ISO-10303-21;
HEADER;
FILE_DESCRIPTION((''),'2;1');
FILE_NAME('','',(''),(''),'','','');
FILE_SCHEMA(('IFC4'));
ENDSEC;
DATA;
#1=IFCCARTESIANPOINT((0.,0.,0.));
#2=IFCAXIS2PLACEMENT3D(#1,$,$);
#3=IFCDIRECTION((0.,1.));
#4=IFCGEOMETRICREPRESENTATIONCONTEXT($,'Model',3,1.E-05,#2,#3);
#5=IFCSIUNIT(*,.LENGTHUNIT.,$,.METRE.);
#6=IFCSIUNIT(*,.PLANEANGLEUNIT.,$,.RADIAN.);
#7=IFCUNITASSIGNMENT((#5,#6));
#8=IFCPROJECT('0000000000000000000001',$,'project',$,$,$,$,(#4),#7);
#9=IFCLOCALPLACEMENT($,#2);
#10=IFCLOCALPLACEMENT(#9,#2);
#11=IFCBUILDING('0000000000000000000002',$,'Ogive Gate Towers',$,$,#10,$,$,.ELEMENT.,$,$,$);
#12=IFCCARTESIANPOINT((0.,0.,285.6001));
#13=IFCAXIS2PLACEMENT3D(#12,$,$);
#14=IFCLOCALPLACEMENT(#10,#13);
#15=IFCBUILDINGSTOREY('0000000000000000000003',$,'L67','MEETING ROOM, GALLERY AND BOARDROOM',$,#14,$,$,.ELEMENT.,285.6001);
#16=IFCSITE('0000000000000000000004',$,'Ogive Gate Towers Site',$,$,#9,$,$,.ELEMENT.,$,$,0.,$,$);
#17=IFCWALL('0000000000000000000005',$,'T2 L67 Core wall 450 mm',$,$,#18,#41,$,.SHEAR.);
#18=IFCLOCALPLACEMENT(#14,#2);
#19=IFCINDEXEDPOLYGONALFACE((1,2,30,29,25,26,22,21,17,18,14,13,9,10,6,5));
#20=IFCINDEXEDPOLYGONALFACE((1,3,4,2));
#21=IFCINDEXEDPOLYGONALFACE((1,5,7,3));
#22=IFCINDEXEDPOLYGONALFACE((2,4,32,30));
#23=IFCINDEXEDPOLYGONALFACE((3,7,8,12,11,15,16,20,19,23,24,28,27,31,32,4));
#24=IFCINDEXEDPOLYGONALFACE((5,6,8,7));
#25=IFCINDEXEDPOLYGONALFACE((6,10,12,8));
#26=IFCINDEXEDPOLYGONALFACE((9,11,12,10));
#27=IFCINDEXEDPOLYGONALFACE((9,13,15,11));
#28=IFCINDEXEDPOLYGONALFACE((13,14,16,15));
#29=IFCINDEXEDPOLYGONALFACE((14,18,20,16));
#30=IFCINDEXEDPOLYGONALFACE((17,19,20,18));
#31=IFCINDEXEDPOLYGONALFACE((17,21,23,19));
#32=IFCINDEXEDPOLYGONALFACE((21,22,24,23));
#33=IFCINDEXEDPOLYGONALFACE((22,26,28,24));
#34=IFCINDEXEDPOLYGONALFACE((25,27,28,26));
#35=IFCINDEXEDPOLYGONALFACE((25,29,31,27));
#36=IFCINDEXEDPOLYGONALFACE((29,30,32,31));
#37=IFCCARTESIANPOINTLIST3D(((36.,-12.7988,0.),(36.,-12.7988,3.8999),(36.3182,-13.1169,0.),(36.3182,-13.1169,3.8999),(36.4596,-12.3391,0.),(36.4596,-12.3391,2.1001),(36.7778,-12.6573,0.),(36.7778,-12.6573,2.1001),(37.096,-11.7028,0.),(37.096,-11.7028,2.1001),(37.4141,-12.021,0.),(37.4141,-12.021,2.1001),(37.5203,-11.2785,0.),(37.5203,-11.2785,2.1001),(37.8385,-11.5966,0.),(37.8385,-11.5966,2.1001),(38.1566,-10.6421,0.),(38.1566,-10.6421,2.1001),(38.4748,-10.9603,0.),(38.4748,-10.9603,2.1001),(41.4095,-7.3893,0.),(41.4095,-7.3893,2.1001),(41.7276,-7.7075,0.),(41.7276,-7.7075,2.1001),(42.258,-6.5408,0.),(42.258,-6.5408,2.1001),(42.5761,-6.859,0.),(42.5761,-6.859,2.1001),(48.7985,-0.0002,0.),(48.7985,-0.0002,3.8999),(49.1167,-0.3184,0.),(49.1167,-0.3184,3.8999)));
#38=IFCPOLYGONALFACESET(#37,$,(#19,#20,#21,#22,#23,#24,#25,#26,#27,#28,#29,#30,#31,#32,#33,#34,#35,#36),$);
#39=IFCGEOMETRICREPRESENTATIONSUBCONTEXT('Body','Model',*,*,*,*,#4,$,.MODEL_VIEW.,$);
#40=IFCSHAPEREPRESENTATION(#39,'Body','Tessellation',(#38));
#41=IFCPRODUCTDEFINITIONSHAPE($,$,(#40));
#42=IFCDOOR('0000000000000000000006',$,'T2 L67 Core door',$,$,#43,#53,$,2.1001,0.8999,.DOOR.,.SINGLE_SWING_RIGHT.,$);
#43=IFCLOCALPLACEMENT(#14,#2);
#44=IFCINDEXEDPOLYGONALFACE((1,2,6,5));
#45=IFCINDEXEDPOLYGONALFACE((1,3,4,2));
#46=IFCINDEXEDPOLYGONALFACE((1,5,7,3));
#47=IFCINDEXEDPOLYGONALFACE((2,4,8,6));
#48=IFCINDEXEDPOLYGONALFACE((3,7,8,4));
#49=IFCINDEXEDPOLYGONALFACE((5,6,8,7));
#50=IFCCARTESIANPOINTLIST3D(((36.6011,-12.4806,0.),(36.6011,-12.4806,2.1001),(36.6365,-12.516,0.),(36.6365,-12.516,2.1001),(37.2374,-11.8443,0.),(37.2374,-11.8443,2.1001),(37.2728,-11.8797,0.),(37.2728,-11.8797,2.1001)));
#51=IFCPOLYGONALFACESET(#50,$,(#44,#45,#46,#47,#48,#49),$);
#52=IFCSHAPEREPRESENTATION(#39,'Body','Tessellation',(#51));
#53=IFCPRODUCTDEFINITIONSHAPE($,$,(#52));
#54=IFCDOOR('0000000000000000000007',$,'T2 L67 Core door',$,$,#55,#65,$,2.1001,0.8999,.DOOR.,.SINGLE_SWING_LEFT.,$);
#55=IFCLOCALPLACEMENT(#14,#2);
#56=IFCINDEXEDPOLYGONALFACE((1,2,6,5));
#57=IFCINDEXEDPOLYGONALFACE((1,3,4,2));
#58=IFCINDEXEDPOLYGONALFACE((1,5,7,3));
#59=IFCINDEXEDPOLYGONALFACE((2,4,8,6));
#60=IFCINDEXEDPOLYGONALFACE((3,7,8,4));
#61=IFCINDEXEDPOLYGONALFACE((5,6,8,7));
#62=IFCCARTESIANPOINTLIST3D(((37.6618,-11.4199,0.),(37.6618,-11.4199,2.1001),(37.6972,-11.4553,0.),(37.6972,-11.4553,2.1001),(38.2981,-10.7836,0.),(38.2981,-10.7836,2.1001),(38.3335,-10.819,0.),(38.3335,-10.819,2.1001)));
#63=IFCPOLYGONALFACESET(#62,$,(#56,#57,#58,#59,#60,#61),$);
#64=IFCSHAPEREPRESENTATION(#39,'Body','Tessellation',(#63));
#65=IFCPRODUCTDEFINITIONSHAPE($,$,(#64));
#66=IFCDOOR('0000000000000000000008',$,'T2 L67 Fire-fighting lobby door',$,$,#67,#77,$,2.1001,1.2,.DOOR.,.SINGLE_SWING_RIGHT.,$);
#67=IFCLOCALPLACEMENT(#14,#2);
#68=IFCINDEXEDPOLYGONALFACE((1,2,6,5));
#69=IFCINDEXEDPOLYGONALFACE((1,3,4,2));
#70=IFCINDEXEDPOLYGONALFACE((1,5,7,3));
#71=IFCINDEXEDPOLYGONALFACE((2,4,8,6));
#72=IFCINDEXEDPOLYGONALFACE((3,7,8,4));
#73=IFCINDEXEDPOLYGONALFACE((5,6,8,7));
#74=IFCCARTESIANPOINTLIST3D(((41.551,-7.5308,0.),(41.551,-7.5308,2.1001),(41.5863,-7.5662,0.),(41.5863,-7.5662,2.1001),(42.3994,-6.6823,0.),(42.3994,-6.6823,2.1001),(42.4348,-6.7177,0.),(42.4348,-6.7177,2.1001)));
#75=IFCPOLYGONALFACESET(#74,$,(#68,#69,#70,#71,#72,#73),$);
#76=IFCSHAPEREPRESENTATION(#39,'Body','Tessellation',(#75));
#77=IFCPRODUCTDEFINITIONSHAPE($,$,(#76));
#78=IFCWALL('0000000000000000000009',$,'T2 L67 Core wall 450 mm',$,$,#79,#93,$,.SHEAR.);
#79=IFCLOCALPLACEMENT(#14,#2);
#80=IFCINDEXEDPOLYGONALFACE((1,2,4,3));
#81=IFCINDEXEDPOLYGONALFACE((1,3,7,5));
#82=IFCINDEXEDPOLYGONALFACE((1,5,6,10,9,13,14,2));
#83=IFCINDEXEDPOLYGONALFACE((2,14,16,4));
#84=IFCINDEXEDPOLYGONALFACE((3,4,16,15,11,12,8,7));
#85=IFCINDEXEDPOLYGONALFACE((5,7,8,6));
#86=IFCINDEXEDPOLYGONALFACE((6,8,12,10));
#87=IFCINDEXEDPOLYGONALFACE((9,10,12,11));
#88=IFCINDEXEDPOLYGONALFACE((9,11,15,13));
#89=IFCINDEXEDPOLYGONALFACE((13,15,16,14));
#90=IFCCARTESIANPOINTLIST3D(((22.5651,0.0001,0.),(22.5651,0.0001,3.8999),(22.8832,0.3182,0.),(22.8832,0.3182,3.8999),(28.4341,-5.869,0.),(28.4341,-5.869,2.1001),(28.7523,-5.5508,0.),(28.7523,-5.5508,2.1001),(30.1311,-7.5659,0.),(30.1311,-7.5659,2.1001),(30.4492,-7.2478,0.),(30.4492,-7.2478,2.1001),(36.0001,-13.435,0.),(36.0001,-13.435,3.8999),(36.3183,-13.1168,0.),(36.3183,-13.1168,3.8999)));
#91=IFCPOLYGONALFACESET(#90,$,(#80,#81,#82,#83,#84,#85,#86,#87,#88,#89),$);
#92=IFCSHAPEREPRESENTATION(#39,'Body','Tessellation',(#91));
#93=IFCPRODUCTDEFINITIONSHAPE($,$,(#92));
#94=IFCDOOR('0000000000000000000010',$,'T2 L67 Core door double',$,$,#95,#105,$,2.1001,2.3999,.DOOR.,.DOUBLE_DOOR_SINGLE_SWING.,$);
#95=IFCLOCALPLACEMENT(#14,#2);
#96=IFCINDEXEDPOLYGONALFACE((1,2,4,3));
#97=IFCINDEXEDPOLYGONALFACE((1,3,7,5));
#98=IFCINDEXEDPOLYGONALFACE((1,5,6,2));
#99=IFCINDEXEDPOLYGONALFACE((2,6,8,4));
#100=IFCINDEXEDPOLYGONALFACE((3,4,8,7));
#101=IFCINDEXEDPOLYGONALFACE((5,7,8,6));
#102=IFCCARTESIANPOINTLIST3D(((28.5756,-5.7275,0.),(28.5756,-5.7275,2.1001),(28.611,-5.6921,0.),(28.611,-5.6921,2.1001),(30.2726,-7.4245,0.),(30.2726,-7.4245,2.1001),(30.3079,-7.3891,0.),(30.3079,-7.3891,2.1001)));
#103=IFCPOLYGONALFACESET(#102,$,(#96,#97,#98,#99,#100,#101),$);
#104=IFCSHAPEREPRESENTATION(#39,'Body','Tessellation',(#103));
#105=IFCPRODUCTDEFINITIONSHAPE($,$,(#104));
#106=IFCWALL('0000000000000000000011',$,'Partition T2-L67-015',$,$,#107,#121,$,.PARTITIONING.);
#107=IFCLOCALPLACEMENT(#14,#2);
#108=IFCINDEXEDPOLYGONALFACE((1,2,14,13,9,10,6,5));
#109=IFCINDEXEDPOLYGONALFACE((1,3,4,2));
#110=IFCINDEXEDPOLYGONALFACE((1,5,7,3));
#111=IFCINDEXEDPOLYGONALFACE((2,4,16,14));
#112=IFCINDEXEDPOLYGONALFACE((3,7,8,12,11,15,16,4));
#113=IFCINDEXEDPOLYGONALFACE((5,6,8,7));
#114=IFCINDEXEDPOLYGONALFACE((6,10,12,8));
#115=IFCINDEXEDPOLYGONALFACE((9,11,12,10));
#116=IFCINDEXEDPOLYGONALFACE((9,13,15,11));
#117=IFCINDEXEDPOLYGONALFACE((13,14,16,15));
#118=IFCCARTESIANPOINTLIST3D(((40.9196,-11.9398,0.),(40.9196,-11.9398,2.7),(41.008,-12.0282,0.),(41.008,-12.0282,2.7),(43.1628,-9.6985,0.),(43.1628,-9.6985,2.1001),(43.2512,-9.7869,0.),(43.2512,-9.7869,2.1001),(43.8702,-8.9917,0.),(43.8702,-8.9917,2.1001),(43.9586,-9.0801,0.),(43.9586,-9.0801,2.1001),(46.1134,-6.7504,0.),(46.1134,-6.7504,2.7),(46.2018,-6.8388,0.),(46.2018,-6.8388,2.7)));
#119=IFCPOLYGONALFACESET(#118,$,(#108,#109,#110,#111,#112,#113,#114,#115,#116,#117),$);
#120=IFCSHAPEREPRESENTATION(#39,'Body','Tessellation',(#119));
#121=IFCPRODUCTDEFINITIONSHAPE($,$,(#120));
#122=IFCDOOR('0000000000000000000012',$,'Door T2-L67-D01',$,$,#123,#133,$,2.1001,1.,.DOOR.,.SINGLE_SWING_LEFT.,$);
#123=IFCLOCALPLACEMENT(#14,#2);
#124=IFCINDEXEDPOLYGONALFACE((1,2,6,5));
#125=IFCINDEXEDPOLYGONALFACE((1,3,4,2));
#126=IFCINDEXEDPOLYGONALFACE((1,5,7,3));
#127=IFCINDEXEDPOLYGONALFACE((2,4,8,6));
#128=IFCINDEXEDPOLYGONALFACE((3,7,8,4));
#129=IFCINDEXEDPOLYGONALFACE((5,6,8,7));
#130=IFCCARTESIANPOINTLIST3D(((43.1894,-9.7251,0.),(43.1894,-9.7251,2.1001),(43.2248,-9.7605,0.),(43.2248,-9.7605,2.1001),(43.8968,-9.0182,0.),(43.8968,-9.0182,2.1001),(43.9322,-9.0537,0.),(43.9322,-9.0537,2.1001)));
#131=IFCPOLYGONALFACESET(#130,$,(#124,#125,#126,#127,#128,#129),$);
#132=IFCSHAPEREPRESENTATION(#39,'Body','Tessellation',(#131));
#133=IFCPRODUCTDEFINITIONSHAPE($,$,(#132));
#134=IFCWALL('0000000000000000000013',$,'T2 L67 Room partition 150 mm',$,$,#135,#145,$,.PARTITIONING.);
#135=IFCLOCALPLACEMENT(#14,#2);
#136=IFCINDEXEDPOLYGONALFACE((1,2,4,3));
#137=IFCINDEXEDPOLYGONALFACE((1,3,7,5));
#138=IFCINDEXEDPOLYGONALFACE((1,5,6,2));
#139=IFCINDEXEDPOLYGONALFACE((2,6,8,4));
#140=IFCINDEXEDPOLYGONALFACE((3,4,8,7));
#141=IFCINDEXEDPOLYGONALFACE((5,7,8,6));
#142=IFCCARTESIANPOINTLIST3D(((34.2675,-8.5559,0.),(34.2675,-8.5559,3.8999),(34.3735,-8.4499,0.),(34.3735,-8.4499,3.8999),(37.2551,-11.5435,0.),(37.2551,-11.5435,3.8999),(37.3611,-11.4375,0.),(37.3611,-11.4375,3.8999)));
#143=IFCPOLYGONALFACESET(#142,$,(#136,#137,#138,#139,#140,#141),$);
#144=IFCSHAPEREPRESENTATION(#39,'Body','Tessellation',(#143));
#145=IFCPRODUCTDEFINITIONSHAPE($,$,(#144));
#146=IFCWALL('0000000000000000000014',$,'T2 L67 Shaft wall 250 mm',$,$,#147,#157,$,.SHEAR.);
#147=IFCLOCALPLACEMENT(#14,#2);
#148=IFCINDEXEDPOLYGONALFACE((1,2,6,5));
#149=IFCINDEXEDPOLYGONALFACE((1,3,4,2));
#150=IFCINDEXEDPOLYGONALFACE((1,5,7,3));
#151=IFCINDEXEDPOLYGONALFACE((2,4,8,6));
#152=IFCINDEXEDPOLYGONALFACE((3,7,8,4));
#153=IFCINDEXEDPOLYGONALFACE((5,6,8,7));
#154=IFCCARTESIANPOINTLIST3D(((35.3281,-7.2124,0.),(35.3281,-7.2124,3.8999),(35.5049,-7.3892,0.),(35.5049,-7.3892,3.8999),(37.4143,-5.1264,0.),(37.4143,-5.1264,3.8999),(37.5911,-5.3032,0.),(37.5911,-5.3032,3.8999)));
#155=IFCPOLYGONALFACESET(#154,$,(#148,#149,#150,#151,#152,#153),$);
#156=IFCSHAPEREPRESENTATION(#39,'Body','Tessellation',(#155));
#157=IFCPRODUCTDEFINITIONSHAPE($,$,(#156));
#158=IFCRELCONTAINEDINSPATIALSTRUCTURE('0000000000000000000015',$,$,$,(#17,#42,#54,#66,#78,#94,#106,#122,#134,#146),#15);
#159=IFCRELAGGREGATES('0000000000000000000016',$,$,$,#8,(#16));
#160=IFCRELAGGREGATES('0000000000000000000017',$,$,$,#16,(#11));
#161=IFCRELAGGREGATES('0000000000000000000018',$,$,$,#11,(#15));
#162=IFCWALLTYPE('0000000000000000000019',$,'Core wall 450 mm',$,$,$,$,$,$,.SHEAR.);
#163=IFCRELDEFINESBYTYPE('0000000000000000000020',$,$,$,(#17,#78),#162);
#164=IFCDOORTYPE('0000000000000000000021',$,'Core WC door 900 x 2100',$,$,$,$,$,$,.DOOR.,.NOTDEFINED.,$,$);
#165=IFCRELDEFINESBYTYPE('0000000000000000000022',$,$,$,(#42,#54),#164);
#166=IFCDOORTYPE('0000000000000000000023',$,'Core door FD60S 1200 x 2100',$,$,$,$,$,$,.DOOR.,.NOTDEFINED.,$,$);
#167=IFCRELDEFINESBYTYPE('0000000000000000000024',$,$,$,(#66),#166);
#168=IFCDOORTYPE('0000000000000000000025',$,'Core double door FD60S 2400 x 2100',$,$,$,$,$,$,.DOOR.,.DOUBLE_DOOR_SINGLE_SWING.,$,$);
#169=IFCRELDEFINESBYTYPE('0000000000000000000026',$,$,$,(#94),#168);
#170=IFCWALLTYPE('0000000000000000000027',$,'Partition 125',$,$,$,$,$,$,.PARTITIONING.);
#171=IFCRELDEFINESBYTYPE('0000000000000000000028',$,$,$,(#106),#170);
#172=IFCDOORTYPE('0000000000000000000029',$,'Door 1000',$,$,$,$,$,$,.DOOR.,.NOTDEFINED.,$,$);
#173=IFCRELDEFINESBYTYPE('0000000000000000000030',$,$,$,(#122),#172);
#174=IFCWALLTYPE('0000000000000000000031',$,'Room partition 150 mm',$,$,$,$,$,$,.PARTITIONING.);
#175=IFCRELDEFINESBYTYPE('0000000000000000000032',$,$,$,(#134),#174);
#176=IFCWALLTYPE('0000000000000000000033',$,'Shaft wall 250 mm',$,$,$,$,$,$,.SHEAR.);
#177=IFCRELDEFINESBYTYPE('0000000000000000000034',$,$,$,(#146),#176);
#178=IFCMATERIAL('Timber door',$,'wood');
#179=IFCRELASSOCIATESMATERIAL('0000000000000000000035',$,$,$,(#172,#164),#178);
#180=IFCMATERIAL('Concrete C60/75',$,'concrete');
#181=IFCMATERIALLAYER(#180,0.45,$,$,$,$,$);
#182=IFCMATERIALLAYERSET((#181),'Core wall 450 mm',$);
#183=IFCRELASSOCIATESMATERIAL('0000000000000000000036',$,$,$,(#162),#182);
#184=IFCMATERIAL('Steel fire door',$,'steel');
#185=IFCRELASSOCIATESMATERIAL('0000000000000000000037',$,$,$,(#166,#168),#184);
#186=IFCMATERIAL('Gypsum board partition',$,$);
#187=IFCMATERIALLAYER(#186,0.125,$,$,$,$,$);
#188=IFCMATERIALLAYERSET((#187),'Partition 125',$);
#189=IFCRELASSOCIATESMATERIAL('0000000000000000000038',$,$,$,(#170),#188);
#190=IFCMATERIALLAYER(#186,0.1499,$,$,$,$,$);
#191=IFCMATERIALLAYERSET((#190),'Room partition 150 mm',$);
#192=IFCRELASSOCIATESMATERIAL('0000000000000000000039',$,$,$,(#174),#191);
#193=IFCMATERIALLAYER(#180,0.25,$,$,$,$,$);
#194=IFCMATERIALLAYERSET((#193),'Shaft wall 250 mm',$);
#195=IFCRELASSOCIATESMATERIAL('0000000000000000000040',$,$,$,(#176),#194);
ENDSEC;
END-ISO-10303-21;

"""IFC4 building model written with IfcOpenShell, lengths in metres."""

from ifc_helpers import new_model, si_unit, direction, frame, frame_2d, origin, place, context, subcontext, project, spatial, rectangle, extrude, material, layer, layer_set, type_object, element, fill, save


model = new_model("IFC4")

# Units and contexts
model_context = context("Model", 3, precision=1e-05, world=origin(), true_north=direction((0.0, 1.0)))
body_context = subcontext(model_context, "Body", "Model", "MODEL_VIEW")
ifc_project = project(units=[si_unit("LENGTHUNIT", "METRE"), si_unit("PLANEANGLEUNIT", "RADIAN")], contexts=[model_context])

# Site, building, storey
site_placement = place(None, origin())
site = spatial("IfcSite", under=ifc_project, at=site_placement, Name="Ogive Gate Towers Site", CompositionType="ELEMENT", RefElevation=0.0)
building_placement = place(site_placement, origin())
building = spatial("IfcBuilding", under=site, at=building_placement, Name="Ogive Gate Towers", CompositionType="ELEMENT")
storey_placement = place(building_placement, frame((0.0, 0.0, 285.6001)))
storey = spatial("IfcBuildingStorey", under=building, at=storey_placement, Name="L67", Description="MEETING ROOM, GALLERY AND BOARDROOM", CompositionType="ELEMENT", Elevation=285.6001)

# Shared definitions
ifc_material_1 = material(Name="Timber door", Category="wood")
door_type_1 = type_object("IfcDoorType", Name="Door 1000", OperationType="NOTDEFINED", PredefinedType="DOOR", material=ifc_material_1)

# Wall, openings, doors
ifc_material_2 = material(Name="Concrete C60/75", Category="concrete")
ifc_layer_1 = layer(ifc_material_2, 0.45)
ifc_layer_set_1 = layer_set([ifc_layer_1], Name="Core wall 450 mm")
wall_type_1 = type_object("IfcWallType", Name="Core wall 450 mm", PredefinedType="SHEAR", material=ifc_layer_set_1)
wall_1_placement = place(storey_placement, frame((36.1592, -12.9578, 0.0), z_axis=(0.0, 0.0, 1.0), x_axis=(0.707107, 0.707107, 0.0)))
wall_1 = element("IfcWall", 1, at=wall_1_placement, inside=storey, type_object=wall_type_1, Name="T2 L67 Core wall 450 mm", PredefinedType="SHEAR", context=body_context, shape_type="SweptSolid", body=[
    extrude(rectangle(XDim=18.0999, YDim=0.45, at=frame_2d((9.0498, 0.0))), origin(), (0.0, 0.0, 1.0), 3.8999),
])
opening_1_placement = place(wall_1_placement, frame((7.6499, 0.0, 0.0)))
opening_1 = element("IfcOpeningElement", 2, at=opening_1_placement, cuts=wall_1, PredefinedType="OPENING", context=body_context, shape_type="SweptSolid", body=[
    extrude(rectangle(XDim=1.2, YDim=2.1001, at=frame_2d((0.6001, 1.05))), frame((0.0, 0.2349, 0.0), z_axis=(0.0, -1.0, 0.0), x_axis=(1.0, 0.0, 0.0)), (0.0, 0.0, 1.0), 0.47),
])
opening_2_placement = place(wall_1_placement, frame((0.6499, 0.0, 0.0)))
opening_2 = element("IfcOpeningElement", 3, at=opening_2_placement, cuts=wall_1, PredefinedType="OPENING", context=body_context, shape_type="SweptSolid", body=[
    extrude(rectangle(XDim=0.8999, YDim=2.1001, at=frame_2d((0.45, 1.05))), frame((0.0, 0.2349, 0.0), z_axis=(0.0, -1.0, 0.0), x_axis=(1.0, 0.0, 0.0)), (0.0, 0.0, 1.0), 0.47),
])
opening_3_placement = place(wall_1_placement, frame((2.1499, 0.0, 0.0)))
opening_3 = element("IfcOpeningElement", 4, at=opening_3_placement, cuts=wall_1, PredefinedType="OPENING", context=body_context, shape_type="SweptSolid", body=[
    extrude(rectangle(XDim=0.8999, YDim=2.1001, at=frame_2d((0.45, 1.05))), frame((0.0, 0.2349, 0.0), z_axis=(0.0, -1.0, 0.0), x_axis=(1.0, 0.0, 0.0)), (0.0, 0.0, 1.0), 0.47),
])
door_type_2 = type_object("IfcDoorType", Name="Core WC door 900 x 2100", OperationType="NOTDEFINED", PredefinedType="DOOR", material=ifc_material_1)
door_1_placement = place(opening_2_placement, origin())
door_1 = element("IfcDoor", 5, at=door_1_placement, inside=storey, type_object=door_type_2, Name="T2 L67 Core door", OperationType="SINGLE_SWING_RIGHT", OverallHeight=2.1001, OverallWidth=0.8999, PredefinedType="DOOR", context=body_context, shape_type="SweptSolid", body=[
    extrude(rectangle(XDim=0.8999, YDim=2.1001, at=frame_2d((0.45, 1.05))), frame((0.0, 0.0249, 0.0), z_axis=(0.0, -1.0, 0.0), x_axis=(1.0, 0.0, 0.0)), (0.0, 0.0, 1.0), 0.05),
])
fill(opening_2, door_1)
door_2_placement = place(opening_3_placement, origin())
door_2 = element("IfcDoor", 6, at=door_2_placement, inside=storey, type_object=door_type_2, Name="T2 L67 Core door", OperationType="SINGLE_SWING_LEFT", OverallHeight=2.1001, OverallWidth=0.8999, PredefinedType="DOOR", context=body_context, shape_type="SweptSolid", body=[
    extrude(rectangle(XDim=0.8999, YDim=2.1001, at=frame_2d((0.45, 1.05))), frame((0.0, 0.0249, 0.0), z_axis=(0.0, -1.0, 0.0), x_axis=(1.0, 0.0, 0.0)), (0.0, 0.0, 1.0), 0.05),
])
fill(opening_3, door_2)
ifc_material_3 = material(Name="Steel fire door", Category="steel")
door_type_3 = type_object("IfcDoorType", Name="Core door FD60S 1200 x 2100", OperationType="NOTDEFINED", PredefinedType="DOOR", material=ifc_material_3)
door_3_placement = place(opening_1_placement, origin())
door_3 = element("IfcDoor", 7, at=door_3_placement, inside=storey, type_object=door_type_3, Name="T2 L67 Fire-fighting lobby door", OperationType="SINGLE_SWING_RIGHT", OverallHeight=2.1001, OverallWidth=1.2, PredefinedType="DOOR", context=body_context, shape_type="SweptSolid", body=[
    extrude(rectangle(XDim=1.2, YDim=2.1001, at=frame_2d((0.6001, 1.05))), frame((0.0, 0.0249, 0.0), z_axis=(0.0, -1.0, 0.0), x_axis=(1.0, 0.0, 0.0)), (0.0, 0.0, 1.0), 0.05),
])
fill(opening_1, door_3)

# Walls, openings, doors
wall_2_placement = place(storey_placement, frame((36.1592, -13.2759, 0.0), z_axis=(0.0, 0.0, 1.0), x_axis=(-0.707107, 0.707107, 0.0)))
wall_2 = element("IfcWall", 8, at=wall_2_placement, inside=storey, type_object=wall_type_1, Name="T2 L67 Core wall 450 mm", PredefinedType="SHEAR", context=body_context, shape_type="SweptSolid", body=[
    extrude(rectangle(XDim=19.0, YDim=0.45, at=frame_2d((9.5, 0.0))), origin(), (0.0, 0.0, 1.0), 3.8999),
])
opening_4_placement = place(wall_2_placement, frame((8.3, 0.0, 0.0)))
opening_4 = element("IfcOpeningElement", 9, at=opening_4_placement, cuts=wall_2, PredefinedType="OPENING", context=body_context, shape_type="SweptSolid", body=[
    extrude(rectangle(XDim=2.3999, YDim=2.1001, at=frame_2d((1.2, 1.05))), frame((0.0, 0.2349, 0.0), z_axis=(0.0, -1.0, 0.0), x_axis=(1.0, 0.0, 0.0)), (0.0, 0.0, 1.0), 0.47),
])
door_type_4 = type_object("IfcDoorType", Name="Core double door FD60S 2400 x 2100", OperationType="DOUBLE_DOOR_SINGLE_SWING", PredefinedType="DOOR", material=ifc_material_3)
door_4_placement = place(opening_4_placement, origin())
door_4 = element("IfcDoor", 10, at=door_4_placement, inside=storey, type_object=door_type_4, Name="T2 L67 Core door double", OperationType="DOUBLE_DOOR_SINGLE_SWING", OverallHeight=2.1001, OverallWidth=2.3999, PredefinedType="DOOR", context=body_context, shape_type="SweptSolid", body=[
    extrude(rectangle(XDim=2.3999, YDim=2.1001, at=frame_2d((1.2, 1.05))), frame((0.0, 0.0249, 0.0), z_axis=(0.0, -1.0, 0.0), x_axis=(1.0, 0.0, 0.0)), (0.0, 0.0, 1.0), 0.05),
])
fill(opening_4, door_4)
ifc_material_4 = material(Name="Gypsum board partition")
ifc_layer_2 = layer(ifc_material_4, 0.125)
ifc_layer_set_2 = layer_set([ifc_layer_2], Name="Partition 125")
wall_type_2 = type_object("IfcWallType", Name="Partition 125", PredefinedType="PARTITIONING", material=ifc_layer_set_2)
wall_3_placement = place(storey_placement, frame((40.9639, -11.9839, 0.0), z_axis=(0.0, 0.0, 1.0), x_axis=(0.707406, 0.706807, 0.0)))
wall_3 = element("IfcWall", 11, at=wall_3_placement, inside=storey, type_object=wall_type_2, Name="Partition T2-L67-015", PredefinedType="PARTITIONING", context=body_context, shape_type="SweptSolid", body=[
    extrude(rectangle(XDim=7.342, YDim=0.125, at=frame_2d((3.6709, 0.0))), origin(), (0.0, 0.0, 1.0), 2.7),
])
opening_5_placement = place(wall_3_placement, frame((3.1709, 0.0, 0.0)))
opening_5 = element("IfcOpeningElement", 12, at=opening_5_placement, cuts=wall_3, PredefinedType="OPENING", context=body_context, shape_type="SweptSolid", body=[
    extrude(rectangle(XDim=1.0, YDim=2.1001, at=frame_2d((0.5, 1.05))), frame((0.0, 0.0725, 0.0), z_axis=(0.0, -1.0, 0.0), x_axis=(1.0, 0.0, 0.0)), (0.0, 0.0, 1.0), 0.145),
])
door_5_placement = place(opening_5_placement, origin())
door_5 = element("IfcDoor", 13, at=door_5_placement, inside=storey, type_object=door_type_1, Name="Door T2-L67-D01", OperationType="SINGLE_SWING_LEFT", OverallHeight=2.1001, OverallWidth=1.0, PredefinedType="DOOR", context=body_context, shape_type="SweptSolid", body=[
    extrude(rectangle(XDim=1.0, YDim=2.1001, at=frame_2d((0.5, 1.05))), frame((0.0, 0.0249, 0.0), z_axis=(0.0, -1.0, 0.0), x_axis=(1.0, 0.0, 0.0)), (0.0, 0.0, 1.0), 0.05),
])
fill(opening_5, door_5)

# Walls
ifc_layer_3 = layer(ifc_material_4, 0.1499)
ifc_layer_set_3 = layer_set([ifc_layer_3], Name="Room partition 150 mm")
wall_type_3 = type_object("IfcWallType", Name="Room partition 150 mm", PredefinedType="PARTITIONING", material=ifc_layer_set_3)
wall_4_placement = place(storey_placement, frame((37.3081, -11.4905, 0.0), z_axis=(0.0, 0.0, 1.0), x_axis=(-0.707107, 0.707107, 0.0)))
element("IfcWall", 14, at=wall_4_placement, inside=storey, type_object=wall_type_3, Name="T2 L67 Room partition 150 mm", PredefinedType="PARTITIONING", context=body_context, shape_type="SweptSolid", body=[
    extrude(rectangle(XDim=4.2251, YDim=0.1499, at=frame_2d((2.1125, 0.0))), origin(), (0.0, 0.0, 1.0), 3.8999),
])
ifc_layer_4 = layer(ifc_material_2, 0.25)
ifc_layer_set_4 = layer_set([ifc_layer_4], Name="Shaft wall 250 mm")
wall_type_4 = type_object("IfcWallType", Name="Shaft wall 250 mm", PredefinedType="SHEAR", material=ifc_layer_set_4)
wall_5_placement = place(storey_placement, frame((35.4165, -7.3008, 0.0), z_axis=(0.0, 0.0, 1.0), x_axis=(0.707148, 0.707065, 0.0)))
element("IfcWall", 15, at=wall_5_placement, inside=storey, type_object=wall_type_4, Name="T2 L67 Shaft wall 250 mm", PredefinedType="SHEAR", context=body_context, shape_type="SweptSolid", body=[
    extrude(rectangle(XDim=2.9502, YDim=0.25, at=frame_2d((1.4751, 0.0))), origin(), (0.0, 0.0, 1.0), 3.8999),
])

save(model, "model.ifc")
